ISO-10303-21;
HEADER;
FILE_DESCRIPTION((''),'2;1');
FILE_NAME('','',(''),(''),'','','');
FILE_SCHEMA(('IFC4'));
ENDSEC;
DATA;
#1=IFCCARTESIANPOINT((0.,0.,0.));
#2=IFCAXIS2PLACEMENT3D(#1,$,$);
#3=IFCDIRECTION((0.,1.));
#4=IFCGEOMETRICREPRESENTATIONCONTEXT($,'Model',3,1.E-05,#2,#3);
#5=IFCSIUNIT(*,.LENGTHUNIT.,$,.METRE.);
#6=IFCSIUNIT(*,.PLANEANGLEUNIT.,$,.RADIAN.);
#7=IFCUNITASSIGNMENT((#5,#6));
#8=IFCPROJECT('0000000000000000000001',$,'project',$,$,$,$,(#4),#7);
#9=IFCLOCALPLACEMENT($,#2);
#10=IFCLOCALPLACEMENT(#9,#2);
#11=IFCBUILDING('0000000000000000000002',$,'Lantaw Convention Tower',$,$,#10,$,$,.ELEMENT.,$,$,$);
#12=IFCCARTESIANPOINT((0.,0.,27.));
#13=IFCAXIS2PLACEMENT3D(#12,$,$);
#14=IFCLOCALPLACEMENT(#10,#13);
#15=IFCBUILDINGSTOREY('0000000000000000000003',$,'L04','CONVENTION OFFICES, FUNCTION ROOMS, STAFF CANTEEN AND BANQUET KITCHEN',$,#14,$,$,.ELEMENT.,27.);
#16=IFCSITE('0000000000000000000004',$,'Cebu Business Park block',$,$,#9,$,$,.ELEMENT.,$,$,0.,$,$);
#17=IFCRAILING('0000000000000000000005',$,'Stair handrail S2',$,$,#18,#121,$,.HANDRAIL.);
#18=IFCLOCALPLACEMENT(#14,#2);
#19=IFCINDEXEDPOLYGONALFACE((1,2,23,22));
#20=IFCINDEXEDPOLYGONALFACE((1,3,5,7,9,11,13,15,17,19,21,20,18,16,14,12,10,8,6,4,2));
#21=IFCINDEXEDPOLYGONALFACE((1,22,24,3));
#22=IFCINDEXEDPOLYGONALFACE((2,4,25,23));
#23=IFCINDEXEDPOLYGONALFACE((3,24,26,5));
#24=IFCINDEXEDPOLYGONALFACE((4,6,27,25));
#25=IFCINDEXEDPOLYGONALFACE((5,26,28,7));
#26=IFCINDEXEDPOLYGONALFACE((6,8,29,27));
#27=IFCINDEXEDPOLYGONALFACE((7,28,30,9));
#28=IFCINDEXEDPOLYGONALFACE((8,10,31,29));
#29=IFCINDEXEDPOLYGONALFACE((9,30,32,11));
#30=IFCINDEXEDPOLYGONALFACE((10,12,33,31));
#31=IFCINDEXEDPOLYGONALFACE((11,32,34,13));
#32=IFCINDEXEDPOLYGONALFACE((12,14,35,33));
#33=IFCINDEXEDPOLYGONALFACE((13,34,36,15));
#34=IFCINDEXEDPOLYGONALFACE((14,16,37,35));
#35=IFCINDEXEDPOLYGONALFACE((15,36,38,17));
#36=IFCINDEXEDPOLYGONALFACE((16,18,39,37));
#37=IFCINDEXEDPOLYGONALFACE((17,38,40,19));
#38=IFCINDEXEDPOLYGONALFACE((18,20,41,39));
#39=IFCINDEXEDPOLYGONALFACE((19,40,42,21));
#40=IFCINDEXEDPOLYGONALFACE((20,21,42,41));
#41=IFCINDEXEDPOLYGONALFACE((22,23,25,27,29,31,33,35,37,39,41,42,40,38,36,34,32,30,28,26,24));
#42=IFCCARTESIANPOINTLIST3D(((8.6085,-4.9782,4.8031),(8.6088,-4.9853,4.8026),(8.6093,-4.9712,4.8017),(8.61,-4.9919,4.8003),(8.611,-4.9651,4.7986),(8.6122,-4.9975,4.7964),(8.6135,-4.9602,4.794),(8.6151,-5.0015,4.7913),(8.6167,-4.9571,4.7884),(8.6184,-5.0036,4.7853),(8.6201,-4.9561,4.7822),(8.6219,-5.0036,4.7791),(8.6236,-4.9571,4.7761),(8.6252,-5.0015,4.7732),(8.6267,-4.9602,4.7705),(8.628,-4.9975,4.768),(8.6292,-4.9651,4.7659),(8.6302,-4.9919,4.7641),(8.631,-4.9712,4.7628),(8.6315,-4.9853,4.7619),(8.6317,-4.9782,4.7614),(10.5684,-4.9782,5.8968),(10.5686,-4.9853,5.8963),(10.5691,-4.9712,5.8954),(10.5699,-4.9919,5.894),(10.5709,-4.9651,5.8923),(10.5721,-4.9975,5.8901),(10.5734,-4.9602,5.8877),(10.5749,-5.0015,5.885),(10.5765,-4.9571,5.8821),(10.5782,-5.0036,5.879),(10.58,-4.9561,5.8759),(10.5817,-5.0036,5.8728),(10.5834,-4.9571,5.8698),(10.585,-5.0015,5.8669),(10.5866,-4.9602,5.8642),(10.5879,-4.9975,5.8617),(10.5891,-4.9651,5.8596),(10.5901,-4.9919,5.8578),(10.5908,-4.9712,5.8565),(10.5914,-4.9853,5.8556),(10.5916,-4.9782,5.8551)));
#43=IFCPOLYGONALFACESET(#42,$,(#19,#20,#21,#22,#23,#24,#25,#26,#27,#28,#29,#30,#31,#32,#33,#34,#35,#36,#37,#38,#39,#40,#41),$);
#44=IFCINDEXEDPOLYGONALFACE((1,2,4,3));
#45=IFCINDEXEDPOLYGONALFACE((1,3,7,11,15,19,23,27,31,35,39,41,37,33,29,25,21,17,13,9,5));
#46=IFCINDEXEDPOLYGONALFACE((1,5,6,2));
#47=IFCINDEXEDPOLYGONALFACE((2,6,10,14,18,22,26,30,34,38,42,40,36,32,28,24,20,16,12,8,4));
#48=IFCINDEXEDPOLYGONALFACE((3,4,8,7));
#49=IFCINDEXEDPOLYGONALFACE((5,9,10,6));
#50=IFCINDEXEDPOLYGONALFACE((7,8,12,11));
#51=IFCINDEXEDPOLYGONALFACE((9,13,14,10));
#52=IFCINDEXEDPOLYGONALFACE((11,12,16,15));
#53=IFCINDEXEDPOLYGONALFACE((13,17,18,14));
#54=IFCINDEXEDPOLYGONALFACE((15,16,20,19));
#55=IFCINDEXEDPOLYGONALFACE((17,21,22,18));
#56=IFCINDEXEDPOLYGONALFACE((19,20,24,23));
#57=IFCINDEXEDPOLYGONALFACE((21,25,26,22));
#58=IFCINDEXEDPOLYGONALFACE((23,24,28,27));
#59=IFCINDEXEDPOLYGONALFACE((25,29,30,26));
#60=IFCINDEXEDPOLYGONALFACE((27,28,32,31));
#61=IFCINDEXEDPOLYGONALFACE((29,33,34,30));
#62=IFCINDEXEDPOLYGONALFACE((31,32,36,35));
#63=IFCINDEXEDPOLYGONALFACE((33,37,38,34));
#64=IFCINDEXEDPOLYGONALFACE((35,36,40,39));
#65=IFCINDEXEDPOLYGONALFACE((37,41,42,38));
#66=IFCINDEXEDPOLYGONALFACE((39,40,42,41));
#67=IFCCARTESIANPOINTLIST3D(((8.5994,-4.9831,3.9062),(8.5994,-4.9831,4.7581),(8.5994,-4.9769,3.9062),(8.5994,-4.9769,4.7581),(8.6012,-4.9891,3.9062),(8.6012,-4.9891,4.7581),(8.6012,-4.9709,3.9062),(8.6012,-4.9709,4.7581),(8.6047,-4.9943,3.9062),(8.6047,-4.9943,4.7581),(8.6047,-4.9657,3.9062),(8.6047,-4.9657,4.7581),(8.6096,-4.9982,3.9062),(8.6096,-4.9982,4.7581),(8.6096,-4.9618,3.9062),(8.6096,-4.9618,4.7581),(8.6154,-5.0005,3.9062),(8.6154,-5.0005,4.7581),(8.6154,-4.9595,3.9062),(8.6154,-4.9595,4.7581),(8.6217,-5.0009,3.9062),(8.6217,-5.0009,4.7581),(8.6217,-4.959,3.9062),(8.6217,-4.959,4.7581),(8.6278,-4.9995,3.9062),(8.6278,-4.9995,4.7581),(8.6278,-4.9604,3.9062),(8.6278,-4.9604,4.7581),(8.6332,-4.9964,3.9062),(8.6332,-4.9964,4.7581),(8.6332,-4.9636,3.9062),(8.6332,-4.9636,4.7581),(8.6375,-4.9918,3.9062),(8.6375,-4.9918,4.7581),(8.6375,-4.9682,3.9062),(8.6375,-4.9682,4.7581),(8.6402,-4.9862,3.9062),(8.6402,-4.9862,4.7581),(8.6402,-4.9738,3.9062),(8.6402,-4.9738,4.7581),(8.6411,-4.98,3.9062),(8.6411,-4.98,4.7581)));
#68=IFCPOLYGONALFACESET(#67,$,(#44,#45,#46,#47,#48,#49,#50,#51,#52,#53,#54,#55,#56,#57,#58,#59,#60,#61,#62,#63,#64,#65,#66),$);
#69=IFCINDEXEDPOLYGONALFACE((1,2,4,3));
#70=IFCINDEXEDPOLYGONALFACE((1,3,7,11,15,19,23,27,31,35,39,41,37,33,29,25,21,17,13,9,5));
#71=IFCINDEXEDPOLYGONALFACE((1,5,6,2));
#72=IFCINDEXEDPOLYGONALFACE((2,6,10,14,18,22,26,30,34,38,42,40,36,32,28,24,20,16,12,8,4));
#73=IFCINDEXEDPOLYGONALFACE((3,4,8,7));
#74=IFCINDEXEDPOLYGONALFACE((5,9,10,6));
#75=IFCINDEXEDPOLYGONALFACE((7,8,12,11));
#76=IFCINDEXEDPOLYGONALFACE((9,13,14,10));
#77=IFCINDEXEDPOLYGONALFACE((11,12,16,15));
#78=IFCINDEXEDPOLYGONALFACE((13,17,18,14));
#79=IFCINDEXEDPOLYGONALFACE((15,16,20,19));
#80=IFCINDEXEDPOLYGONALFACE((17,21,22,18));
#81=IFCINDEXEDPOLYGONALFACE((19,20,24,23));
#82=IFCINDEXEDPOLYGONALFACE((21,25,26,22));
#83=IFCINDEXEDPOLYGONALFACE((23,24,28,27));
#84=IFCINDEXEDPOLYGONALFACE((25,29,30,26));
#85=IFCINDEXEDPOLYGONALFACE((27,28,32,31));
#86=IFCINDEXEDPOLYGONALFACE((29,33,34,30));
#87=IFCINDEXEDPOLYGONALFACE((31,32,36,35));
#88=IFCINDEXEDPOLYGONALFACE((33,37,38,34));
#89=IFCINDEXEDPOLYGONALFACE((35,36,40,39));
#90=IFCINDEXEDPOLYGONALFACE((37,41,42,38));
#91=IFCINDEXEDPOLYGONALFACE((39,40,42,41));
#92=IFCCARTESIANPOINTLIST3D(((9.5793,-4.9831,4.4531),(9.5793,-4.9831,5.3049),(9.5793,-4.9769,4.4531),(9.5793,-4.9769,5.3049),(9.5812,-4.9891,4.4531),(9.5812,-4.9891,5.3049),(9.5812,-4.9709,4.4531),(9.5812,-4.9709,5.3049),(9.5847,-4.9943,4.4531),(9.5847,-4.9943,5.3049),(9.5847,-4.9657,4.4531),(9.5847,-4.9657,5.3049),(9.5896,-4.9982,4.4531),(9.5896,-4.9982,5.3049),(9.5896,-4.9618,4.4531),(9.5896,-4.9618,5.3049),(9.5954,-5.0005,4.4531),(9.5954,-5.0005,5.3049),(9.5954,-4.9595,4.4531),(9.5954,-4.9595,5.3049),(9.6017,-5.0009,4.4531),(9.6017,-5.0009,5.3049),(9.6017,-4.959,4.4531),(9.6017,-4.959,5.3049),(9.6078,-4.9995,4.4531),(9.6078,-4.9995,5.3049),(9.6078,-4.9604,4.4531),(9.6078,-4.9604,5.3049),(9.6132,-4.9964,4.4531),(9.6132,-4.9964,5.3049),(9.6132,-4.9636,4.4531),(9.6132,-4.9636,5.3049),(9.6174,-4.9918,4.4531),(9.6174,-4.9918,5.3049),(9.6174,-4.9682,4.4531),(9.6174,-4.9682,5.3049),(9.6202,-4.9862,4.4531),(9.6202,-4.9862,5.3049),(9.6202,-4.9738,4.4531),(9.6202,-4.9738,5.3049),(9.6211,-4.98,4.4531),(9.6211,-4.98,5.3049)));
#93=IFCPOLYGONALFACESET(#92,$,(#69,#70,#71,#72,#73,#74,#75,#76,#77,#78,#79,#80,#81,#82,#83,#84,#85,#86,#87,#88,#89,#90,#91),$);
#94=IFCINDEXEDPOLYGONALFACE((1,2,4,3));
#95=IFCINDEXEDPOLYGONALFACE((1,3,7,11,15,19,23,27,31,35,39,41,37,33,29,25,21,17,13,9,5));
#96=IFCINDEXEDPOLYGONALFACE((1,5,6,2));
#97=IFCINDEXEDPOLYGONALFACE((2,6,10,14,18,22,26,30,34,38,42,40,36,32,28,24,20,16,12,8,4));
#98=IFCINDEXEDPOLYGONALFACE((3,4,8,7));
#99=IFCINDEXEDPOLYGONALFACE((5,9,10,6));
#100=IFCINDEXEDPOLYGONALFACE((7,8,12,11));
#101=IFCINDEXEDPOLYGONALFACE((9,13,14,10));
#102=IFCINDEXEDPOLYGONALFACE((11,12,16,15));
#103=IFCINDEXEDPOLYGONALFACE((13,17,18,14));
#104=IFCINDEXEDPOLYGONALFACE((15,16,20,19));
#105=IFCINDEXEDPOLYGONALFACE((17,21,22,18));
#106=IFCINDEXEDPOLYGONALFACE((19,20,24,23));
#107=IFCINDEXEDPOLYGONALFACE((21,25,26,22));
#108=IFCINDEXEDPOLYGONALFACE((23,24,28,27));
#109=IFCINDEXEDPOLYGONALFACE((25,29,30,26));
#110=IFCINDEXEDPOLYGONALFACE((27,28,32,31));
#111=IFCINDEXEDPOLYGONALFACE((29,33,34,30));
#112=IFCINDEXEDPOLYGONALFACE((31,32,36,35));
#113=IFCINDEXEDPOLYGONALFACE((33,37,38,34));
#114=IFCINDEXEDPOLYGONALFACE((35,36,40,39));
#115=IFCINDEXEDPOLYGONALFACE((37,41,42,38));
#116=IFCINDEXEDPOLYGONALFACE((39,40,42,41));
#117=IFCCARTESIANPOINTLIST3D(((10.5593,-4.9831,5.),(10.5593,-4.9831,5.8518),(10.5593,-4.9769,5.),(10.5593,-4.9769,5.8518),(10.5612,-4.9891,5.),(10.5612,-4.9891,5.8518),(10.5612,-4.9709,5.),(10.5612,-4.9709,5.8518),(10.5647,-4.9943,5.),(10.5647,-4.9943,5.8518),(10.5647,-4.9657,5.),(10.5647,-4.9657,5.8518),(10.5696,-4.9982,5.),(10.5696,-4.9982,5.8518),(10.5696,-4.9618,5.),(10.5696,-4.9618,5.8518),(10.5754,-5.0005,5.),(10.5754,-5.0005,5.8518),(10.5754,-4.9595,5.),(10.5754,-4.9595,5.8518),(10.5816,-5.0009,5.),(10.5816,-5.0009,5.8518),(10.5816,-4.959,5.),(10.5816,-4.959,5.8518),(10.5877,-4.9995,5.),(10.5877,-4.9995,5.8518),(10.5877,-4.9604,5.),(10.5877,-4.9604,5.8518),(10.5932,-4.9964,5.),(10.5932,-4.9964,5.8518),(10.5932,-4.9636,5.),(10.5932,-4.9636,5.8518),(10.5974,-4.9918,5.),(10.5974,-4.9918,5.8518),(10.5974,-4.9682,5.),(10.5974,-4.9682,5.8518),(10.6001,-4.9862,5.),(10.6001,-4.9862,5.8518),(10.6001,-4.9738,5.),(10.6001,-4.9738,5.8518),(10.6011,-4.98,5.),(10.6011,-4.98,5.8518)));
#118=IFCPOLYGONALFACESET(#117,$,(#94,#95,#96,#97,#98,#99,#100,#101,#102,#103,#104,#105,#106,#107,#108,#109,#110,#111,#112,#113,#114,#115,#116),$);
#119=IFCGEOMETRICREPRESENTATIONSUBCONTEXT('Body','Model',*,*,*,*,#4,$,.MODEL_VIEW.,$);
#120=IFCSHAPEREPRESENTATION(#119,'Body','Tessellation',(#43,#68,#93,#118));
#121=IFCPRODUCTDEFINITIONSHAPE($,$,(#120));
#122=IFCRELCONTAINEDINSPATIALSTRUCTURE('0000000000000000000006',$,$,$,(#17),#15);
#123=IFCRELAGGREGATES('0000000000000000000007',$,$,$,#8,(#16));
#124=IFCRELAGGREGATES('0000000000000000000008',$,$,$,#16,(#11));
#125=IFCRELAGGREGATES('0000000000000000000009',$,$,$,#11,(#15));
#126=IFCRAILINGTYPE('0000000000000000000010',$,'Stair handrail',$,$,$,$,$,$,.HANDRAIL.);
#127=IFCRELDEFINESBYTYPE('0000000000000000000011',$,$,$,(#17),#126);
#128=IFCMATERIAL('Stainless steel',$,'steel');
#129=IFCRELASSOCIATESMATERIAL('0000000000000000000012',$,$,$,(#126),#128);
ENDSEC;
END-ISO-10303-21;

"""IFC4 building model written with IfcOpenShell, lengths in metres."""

from ifc_helpers import new_model, si_unit, direction, frame, origin, origin_2d, place, context, subcontext, project, spatial, circle, extrude, material, type_object, element, save


model = new_model("IFC4")

# Units and contexts
model_context = context("Model", 3, precision=1e-05, world=origin(), true_north=direction((0.0, 1.0)))
body_context = subcontext(model_context, "Body", "Model", "MODEL_VIEW")
ifc_project = project(units=[si_unit("LENGTHUNIT", "METRE"), si_unit("PLANEANGLEUNIT", "RADIAN")], contexts=[model_context])

# Site, building, storey
site_placement = place(None, origin())
site = spatial("IfcSite", under=ifc_project, at=site_placement, Name="Cebu Business Park block", CompositionType="ELEMENT", RefElevation=0.0)
building_placement = place(site_placement, origin())
building = spatial("IfcBuilding", under=site, at=building_placement, Name="Lantaw Convention Tower", CompositionType="ELEMENT")
storey_placement = place(building_placement, frame((0.0, 0.0, 27.0)))
storey = spatial("IfcBuildingStorey", under=building, at=storey_placement, Name="L04", Description="CONVENTION OFFICES, FUNCTION ROOMS, STAFF CANTEEN AND BANQUET KITCHEN", CompositionType="ELEMENT", Elevation=27.0)

# Railing
ifc_material_1 = material(Name="Stainless steel", Category="steel")
railing_type = type_object("IfcRailingType", Name="Stair handrail", PredefinedType="HANDRAIL", material=ifc_material_1)
railing_1_placement = place(storey_placement, frame((8.6201, -4.98, 3.9062)))
element("IfcRailing", 1, at=railing_1_placement, inside=storey, type_object=railing_type, Name="Stair handrail S2", PredefinedType="HANDRAIL", context=body_context, shape_type="SweptSolid", body=[
    extrude(circle(Radius=0.0239, at=origin_2d()), frame((0.0, 0.0, 0.876), z_axis=(0.873232, 0.0, 0.487304), x_axis=(0.0, 1.0, 0.0)), (0.0, 0.0, 1.0), 2.2444),
    extrude(circle(Radius=0.021, at=origin_2d()), origin(), (0.0, 0.0, 1.0), 0.8518),
    extrude(circle(Radius=0.021, at=origin_2d()), frame((0.98, 0.0, 0.5469)), (0.0, 0.0, 1.0), 0.8518),
    extrude(circle(Radius=0.021, at=origin_2d()), frame((1.96, 0.0, 1.0938)), (0.0, 0.0, 1.0), 0.8518),
])

save(model, "model.ifc")
